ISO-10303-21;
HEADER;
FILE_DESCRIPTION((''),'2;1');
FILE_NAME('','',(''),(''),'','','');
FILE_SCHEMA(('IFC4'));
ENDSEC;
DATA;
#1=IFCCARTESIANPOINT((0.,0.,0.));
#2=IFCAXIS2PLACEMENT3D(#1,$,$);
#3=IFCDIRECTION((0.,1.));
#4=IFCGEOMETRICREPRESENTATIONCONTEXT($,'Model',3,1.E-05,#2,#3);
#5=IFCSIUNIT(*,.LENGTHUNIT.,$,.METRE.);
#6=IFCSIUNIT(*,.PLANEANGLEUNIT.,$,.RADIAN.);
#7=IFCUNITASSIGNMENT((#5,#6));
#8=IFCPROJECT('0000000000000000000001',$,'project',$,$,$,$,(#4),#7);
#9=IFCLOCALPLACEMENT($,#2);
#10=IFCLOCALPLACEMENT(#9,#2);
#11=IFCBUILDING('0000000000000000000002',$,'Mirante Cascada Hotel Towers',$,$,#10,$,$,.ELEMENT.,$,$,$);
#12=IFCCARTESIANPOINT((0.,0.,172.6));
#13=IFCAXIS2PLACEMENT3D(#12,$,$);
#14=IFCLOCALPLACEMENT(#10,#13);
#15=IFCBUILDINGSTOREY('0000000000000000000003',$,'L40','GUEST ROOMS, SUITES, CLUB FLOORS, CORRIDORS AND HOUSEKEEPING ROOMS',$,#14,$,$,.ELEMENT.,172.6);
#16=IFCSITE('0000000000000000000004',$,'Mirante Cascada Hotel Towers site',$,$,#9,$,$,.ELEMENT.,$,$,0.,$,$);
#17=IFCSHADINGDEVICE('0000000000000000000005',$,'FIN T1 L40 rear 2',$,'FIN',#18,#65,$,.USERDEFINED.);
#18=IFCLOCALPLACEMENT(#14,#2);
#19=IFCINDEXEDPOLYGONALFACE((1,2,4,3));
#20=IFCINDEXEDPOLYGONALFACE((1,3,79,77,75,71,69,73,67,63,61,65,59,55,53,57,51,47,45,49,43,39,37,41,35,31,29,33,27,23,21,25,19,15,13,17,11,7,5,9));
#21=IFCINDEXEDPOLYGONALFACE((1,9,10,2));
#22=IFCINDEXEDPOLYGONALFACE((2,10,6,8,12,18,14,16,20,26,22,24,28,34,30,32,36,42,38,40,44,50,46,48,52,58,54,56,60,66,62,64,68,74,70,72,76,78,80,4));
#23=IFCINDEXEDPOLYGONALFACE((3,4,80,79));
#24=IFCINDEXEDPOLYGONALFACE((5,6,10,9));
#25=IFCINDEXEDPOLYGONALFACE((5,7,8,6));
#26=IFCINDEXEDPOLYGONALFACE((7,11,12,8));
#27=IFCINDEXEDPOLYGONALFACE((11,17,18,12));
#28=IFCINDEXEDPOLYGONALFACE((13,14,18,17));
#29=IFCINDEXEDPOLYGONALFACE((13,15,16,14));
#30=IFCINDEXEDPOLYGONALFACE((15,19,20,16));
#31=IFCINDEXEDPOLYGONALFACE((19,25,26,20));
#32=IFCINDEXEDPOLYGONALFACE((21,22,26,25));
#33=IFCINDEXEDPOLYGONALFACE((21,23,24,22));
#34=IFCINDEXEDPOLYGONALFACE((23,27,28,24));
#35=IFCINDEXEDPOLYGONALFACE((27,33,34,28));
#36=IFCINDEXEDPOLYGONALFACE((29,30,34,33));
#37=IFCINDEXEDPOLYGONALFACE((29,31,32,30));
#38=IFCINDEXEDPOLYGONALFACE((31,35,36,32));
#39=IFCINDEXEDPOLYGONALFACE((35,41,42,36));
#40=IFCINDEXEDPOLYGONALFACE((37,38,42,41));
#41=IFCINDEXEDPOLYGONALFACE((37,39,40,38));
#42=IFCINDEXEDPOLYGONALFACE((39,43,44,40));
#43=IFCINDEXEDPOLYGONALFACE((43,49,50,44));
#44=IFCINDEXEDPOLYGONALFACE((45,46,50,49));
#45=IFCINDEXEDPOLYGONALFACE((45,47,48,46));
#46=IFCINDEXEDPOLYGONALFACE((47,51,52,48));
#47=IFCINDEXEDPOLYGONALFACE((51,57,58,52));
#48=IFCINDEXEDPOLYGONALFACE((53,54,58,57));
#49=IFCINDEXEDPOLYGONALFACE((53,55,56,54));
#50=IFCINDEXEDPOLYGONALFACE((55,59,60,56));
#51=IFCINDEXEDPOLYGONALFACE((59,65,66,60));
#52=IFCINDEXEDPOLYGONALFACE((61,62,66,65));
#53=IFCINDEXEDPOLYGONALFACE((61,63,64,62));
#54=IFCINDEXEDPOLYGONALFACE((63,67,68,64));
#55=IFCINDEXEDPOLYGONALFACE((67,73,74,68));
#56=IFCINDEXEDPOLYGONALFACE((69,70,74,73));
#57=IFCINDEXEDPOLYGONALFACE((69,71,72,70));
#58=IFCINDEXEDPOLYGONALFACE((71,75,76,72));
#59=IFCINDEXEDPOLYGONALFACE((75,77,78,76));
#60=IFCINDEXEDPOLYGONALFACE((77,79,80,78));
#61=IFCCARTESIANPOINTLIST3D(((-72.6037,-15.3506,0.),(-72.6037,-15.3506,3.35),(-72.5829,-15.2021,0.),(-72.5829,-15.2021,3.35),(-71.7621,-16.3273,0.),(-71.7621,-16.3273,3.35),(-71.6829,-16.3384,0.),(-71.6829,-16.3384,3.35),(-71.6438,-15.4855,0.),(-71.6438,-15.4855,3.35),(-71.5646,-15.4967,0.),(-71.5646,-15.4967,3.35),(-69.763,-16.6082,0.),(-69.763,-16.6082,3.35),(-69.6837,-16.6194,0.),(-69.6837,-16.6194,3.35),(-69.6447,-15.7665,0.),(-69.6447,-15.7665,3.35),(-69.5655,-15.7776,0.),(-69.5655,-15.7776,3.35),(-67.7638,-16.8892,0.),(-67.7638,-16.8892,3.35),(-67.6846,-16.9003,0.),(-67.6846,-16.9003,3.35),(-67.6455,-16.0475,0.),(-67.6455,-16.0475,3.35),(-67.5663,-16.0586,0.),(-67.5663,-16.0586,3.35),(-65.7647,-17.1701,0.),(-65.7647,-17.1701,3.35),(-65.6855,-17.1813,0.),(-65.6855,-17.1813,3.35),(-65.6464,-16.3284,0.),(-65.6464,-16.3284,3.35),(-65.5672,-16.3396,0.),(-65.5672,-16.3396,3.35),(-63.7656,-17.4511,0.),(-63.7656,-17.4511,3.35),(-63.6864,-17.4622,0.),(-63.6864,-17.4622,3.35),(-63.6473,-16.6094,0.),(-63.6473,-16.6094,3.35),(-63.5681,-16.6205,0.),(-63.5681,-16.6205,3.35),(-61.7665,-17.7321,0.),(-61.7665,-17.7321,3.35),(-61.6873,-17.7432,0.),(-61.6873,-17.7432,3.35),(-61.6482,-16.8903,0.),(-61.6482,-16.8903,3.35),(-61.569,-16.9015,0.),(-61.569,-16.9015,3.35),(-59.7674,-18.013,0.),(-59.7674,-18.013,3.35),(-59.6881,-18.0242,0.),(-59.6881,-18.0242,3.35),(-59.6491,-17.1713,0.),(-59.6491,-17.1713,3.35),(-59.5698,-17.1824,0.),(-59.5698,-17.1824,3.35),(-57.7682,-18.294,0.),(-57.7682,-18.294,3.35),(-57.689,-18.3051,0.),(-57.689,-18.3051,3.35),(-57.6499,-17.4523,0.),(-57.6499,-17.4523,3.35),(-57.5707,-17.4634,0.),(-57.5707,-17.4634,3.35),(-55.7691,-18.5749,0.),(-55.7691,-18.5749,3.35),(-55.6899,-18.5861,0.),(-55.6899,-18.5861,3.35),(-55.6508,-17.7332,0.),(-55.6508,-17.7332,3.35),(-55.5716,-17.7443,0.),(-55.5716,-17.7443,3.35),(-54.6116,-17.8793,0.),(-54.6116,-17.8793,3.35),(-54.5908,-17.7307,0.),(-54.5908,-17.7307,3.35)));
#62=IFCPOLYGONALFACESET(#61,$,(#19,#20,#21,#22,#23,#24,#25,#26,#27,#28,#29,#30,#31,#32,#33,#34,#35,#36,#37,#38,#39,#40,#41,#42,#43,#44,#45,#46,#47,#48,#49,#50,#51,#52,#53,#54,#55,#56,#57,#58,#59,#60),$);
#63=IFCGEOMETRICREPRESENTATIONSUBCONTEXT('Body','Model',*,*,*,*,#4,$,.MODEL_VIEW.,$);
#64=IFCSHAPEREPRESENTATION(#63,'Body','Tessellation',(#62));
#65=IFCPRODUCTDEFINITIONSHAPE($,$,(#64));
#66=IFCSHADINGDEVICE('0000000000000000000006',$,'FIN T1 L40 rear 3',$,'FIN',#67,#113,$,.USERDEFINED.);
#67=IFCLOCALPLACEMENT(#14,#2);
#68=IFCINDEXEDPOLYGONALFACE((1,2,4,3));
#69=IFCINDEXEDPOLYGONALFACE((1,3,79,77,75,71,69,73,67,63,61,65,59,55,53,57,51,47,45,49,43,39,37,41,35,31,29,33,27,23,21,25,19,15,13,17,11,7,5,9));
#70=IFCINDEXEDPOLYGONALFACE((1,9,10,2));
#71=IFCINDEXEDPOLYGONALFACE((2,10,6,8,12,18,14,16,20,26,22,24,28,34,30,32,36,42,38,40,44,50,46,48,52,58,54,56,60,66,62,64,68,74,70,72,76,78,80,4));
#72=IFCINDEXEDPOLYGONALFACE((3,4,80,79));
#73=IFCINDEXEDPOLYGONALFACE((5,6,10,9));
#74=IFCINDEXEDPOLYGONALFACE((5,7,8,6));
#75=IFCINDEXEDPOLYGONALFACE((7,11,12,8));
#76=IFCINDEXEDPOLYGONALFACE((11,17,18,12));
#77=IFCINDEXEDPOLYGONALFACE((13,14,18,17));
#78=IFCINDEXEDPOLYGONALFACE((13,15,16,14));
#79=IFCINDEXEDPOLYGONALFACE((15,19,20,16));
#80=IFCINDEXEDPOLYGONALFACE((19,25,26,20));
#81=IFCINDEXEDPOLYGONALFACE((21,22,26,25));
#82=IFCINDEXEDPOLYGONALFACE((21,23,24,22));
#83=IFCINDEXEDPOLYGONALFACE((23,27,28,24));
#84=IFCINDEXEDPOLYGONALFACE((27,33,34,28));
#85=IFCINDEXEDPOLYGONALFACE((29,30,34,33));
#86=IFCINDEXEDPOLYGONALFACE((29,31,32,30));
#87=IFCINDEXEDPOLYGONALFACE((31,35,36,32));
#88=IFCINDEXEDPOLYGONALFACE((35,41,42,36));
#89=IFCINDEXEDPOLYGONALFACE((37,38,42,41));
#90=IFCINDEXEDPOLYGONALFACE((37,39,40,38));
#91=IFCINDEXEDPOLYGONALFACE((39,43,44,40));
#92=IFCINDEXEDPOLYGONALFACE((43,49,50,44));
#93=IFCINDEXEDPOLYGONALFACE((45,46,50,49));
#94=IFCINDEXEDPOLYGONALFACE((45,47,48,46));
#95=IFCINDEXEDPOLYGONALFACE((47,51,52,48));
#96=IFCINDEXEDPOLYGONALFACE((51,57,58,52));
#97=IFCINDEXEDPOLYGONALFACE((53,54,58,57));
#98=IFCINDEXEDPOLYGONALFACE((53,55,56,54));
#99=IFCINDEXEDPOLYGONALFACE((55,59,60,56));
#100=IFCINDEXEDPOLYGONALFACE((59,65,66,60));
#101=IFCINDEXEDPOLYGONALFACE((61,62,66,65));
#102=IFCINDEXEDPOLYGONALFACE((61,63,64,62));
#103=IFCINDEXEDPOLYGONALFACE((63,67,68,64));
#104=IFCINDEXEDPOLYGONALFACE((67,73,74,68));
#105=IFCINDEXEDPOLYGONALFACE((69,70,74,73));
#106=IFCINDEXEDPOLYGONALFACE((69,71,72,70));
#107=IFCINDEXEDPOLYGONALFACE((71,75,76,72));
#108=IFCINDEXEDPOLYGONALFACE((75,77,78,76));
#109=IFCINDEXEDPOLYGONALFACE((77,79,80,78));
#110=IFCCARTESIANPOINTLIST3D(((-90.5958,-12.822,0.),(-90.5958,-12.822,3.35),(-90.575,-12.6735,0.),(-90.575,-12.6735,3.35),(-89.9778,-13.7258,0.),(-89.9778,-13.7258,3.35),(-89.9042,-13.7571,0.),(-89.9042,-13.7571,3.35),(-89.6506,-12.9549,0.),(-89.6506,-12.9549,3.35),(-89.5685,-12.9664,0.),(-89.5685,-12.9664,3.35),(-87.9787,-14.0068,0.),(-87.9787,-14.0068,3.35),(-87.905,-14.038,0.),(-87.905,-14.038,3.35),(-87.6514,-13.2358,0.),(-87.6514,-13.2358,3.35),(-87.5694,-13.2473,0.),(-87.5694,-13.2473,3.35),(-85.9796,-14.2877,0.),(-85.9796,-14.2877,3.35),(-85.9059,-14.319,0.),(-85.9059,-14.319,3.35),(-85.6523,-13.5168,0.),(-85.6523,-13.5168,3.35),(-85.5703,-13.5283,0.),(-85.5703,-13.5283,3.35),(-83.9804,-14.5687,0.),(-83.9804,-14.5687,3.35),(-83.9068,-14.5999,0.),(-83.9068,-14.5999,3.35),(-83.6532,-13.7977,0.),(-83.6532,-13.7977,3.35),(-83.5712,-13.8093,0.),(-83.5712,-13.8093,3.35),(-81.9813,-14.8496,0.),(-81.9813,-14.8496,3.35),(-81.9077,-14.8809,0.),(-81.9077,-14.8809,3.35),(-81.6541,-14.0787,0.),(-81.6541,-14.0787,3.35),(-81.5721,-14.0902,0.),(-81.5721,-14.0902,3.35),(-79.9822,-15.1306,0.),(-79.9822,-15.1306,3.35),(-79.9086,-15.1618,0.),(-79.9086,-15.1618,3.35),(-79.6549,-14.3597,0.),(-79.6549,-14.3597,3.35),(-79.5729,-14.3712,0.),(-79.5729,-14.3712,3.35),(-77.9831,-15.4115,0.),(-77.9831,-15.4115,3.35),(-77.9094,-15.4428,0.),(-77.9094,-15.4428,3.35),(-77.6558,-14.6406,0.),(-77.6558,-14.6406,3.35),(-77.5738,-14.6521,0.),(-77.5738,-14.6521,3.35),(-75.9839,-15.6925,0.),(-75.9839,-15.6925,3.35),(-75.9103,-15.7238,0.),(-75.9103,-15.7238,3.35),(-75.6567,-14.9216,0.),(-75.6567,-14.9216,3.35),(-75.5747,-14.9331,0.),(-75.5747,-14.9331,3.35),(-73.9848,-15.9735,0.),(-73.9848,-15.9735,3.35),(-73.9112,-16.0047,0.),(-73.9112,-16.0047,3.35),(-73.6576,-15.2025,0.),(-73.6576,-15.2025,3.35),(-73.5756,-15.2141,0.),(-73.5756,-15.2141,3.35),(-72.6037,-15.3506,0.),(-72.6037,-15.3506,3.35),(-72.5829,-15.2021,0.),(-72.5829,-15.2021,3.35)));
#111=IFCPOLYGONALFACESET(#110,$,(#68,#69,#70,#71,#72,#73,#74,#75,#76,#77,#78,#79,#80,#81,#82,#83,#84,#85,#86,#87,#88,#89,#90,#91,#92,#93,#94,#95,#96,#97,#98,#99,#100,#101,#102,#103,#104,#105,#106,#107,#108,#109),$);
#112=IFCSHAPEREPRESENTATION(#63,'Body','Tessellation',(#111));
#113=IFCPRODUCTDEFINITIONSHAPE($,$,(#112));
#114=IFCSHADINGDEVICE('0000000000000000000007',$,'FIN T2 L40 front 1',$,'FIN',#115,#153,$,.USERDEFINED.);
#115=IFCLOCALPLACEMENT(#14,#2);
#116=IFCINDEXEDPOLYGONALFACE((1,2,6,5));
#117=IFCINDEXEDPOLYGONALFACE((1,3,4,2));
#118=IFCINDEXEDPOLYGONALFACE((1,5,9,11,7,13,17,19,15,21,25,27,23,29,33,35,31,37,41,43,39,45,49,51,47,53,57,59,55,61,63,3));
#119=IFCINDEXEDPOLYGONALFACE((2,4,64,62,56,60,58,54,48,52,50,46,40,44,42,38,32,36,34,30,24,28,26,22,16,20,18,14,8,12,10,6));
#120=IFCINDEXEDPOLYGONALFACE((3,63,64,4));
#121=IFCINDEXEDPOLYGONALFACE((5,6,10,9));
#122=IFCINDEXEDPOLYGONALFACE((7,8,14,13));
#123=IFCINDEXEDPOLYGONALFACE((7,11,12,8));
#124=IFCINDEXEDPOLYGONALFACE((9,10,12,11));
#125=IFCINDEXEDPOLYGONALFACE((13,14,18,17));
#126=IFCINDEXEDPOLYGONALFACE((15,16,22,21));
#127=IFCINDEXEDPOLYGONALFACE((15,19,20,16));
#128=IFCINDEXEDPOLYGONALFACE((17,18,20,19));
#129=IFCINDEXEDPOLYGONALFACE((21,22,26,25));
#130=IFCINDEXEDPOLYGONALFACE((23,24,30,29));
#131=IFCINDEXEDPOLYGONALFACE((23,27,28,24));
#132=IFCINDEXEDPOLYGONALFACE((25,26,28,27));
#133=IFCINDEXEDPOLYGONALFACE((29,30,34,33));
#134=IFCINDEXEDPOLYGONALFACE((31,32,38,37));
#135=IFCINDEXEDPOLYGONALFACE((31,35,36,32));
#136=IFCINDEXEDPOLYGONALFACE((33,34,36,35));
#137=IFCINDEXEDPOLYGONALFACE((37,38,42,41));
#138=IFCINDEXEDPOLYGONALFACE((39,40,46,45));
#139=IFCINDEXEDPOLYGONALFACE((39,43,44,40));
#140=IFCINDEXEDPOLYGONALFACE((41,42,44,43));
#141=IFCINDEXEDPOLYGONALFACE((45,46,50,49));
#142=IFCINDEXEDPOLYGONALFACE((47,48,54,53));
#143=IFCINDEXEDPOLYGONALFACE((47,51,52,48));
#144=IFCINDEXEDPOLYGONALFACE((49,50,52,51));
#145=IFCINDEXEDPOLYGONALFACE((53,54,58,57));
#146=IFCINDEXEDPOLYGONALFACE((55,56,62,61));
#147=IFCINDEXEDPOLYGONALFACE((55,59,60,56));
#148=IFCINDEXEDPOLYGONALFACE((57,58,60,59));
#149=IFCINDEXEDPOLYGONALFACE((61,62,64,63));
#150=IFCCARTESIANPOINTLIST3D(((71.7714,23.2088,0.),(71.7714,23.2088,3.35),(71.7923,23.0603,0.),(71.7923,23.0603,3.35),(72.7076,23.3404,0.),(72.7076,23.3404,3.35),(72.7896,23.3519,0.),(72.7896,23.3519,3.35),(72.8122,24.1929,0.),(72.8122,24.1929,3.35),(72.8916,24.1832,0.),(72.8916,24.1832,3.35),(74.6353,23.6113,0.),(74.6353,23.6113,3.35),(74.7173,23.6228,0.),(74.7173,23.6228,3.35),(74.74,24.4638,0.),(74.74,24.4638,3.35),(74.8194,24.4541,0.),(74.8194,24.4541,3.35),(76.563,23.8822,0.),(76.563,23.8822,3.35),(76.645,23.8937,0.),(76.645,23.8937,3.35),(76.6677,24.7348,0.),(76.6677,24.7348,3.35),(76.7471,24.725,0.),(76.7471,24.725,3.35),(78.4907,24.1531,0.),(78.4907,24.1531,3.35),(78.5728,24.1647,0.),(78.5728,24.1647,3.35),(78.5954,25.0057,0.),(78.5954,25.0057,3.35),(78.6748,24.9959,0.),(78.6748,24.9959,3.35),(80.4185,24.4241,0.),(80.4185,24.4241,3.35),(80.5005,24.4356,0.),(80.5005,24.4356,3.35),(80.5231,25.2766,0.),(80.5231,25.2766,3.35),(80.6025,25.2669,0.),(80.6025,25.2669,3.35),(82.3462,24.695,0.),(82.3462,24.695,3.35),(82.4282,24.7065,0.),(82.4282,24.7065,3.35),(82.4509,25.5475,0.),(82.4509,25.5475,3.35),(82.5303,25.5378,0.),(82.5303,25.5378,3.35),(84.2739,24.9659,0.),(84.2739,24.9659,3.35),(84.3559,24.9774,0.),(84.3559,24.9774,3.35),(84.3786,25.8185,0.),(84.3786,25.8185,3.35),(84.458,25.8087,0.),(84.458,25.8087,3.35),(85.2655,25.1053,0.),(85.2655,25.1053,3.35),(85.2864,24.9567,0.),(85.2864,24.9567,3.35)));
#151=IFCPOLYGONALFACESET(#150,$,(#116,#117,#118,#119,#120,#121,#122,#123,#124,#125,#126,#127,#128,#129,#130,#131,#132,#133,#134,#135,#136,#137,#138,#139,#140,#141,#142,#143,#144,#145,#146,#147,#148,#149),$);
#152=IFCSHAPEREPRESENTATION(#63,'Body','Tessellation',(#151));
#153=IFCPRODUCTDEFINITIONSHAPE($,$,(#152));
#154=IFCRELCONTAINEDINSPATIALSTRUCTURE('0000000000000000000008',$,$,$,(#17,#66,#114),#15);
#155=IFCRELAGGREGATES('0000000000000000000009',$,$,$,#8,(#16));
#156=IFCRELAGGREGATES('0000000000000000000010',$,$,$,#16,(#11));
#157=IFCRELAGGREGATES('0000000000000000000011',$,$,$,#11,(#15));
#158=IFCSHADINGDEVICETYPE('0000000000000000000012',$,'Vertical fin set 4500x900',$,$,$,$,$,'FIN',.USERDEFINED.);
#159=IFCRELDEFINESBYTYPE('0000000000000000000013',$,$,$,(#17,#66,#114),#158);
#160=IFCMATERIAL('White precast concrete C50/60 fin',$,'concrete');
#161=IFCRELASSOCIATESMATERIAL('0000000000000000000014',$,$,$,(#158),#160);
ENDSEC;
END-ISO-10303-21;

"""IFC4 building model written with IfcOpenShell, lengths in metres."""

from ifc_helpers import new_model, si_unit, direction, frame, origin, place, context, subcontext, project, spatial, polyline, outline, extrude, material, type_object, element, save


model = new_model("IFC4")

# Units and contexts
model_context = context("Model", 3, precision=1e-05, world=origin(), true_north=direction((0.0, 1.0)))
body_context = subcontext(model_context, "Body", "Model", "MODEL_VIEW")
ifc_project = project(units=[si_unit("LENGTHUNIT", "METRE"), si_unit("PLANEANGLEUNIT", "RADIAN")], contexts=[model_context])

# Site, building, storey
site_placement = place(None, origin())
site = spatial("IfcSite", under=ifc_project, at=site_placement, Name="Mirante Cascada Hotel Towers site", CompositionType="ELEMENT", RefElevation=0.0)
building_placement = place(site_placement, origin())
building = spatial("IfcBuilding", under=site, at=building_placement, Name="Mirante Cascada Hotel Towers", CompositionType="ELEMENT")
storey_placement = place(building_placement, frame((0.0, 0.0, 172.6)))
storey = spatial("IfcBuildingStorey", under=building, at=storey_placement, Name="L40", Description="GUEST ROOMS, SUITES, CLUB FLOORS, CORRIDORS AND HOUSEKEEPING ROOMS", CompositionType="ELEMENT", Elevation=172.6)

# Shading devices
ifc_material_1 = material(Name="White precast concrete C50/60 fin", Category="concrete")
shading_device_type = type_object("IfcShadingDeviceType", Name="Vertical fin set 4500x900", ElementType="FIN", PredefinedType="USERDEFINED", material=ifc_material_1)
shading_device_1_placement = place(storey_placement, origin())
element("IfcShadingDevice", 1, at=shading_device_1_placement, inside=storey, type_object=shading_device_type, Name="FIN T1 L40 rear 2", ObjectType="FIN", PredefinedType="USERDEFINED", context=body_context, shape_type="SweptSolid", body=[
    extrude(outline(polyline([(-55.6508, -17.7332), (-57.5707, -17.4634), (-57.689, -18.3051), (-57.7682, -18.294), (-57.6499, -17.4523), (-59.5698, -17.1824), (-59.6881, -18.0242), (-59.7674, -18.013), (-59.6491, -17.1713), (-61.569, -16.9015), (-61.6873, -17.7432), (-61.7665, -17.7321), (-61.6482, -16.8903), (-63.5681, -16.6205), (-63.6864, -17.4622), (-63.7656, -17.4511), (-63.6473, -16.6094), (-65.5672, -16.3396), (-65.6855, -17.1813), (-65.7647, -17.1701), (-65.6464, -16.3284), (-67.5663, -16.0586), (-67.6846, -16.9003), (-67.7638, -16.8892), (-67.6455, -16.0475), (-69.5655, -15.7776), (-69.6837, -16.6194), (-69.763, -16.6082), (-69.6447, -15.7665), (-71.5646, -15.4967), (-71.6829, -16.3384), (-71.7621, -16.3273), (-71.6438, -15.4855), (-72.6037, -15.3506), (-72.5829, -15.2021), (-54.5908, -17.7307), (-54.6116, -17.8793), (-55.5716, -17.7443), (-55.6899, -18.5861), (-55.7691, -18.5749), (-55.6508, -17.7332)])), origin(), (0.0, 0.0, 1.0), 3.35),
])
shading_device_2_placement = place(storey_placement, origin())
element("IfcShadingDevice", 2, at=shading_device_2_placement, inside=storey, type_object=shading_device_type, Name="FIN T1 L40 rear 3", ObjectType="FIN", PredefinedType="USERDEFINED", context=body_context, shape_type="SweptSolid", body=[
    extrude(outline(polyline([(-73.6576, -15.2025), (-75.5747, -14.9331), (-75.9103, -15.7238), (-75.9839, -15.6925), (-75.6567, -14.9216), (-77.5738, -14.6521), (-77.9094, -15.4428), (-77.9831, -15.4115), (-77.6558, -14.6406), (-79.5729, -14.3712), (-79.9086, -15.1618), (-79.9822, -15.1306), (-79.6549, -14.3597), (-81.5721, -14.0902), (-81.9077, -14.8809), (-81.9813, -14.8496), (-81.6541, -14.0787), (-83.5712, -13.8093), (-83.9068, -14.5999), (-83.9804, -14.5687), (-83.6532, -13.7977), (-85.5703, -13.5283), (-85.9059, -14.319), (-85.9796, -14.2877), (-85.6523, -13.5168), (-87.5694, -13.2473), (-87.905, -14.038), (-87.9787, -14.0068), (-87.6514, -13.2358), (-89.5685, -12.9664), (-89.9042, -13.7571), (-89.9778, -13.7258), (-89.6506, -12.9549), (-90.5958, -12.822), (-90.575, -12.6735), (-72.5829, -15.2021), (-72.6037, -15.3506), (-73.5756, -15.2141), (-73.9112, -16.0047), (-73.9848, -15.9735), (-73.6576, -15.2025)])), origin(), (0.0, 0.0, 1.0), 3.35),
])
shading_device_3_placement = place(storey_placement, origin())
element("IfcShadingDevice", 3, at=shading_device_3_placement, inside=storey, type_object=shading_device_type, Name="FIN T2 L40 front 1", ObjectType="FIN", PredefinedType="USERDEFINED", context=body_context, shape_type="SweptSolid", body=[
    extrude(outline(polyline([(72.8916, 24.1832), (72.7896, 23.3519), (74.6353, 23.6113), (74.74, 24.4638), (74.8194, 24.4541), (74.7173, 23.6228), (76.563, 23.8822), (76.6677, 24.7348), (76.7471, 24.725), (76.645, 23.8937), (78.4907, 24.1531), (78.5954, 25.0057), (78.6748, 24.9959), (78.5728, 24.1647), (80.4185, 24.4241), (80.5231, 25.2766), (80.6025, 25.2669), (80.5005, 24.4356), (82.3462, 24.695), (82.4509, 25.5475), (82.5303, 25.5378), (82.4282, 24.7065), (84.2739, 24.9659), (84.3786, 25.8185), (84.458, 25.8087), (84.3559, 24.9774), (85.2655, 25.1053), (85.2864, 24.9567), (71.7923, 23.0603), (71.7714, 23.2088), (72.7076, 23.3404), (72.8122, 24.1929), (72.8916, 24.1832)])), origin(), (0.0, 0.0, 1.0), 3.35),
])

save(model, "model.ifc")
